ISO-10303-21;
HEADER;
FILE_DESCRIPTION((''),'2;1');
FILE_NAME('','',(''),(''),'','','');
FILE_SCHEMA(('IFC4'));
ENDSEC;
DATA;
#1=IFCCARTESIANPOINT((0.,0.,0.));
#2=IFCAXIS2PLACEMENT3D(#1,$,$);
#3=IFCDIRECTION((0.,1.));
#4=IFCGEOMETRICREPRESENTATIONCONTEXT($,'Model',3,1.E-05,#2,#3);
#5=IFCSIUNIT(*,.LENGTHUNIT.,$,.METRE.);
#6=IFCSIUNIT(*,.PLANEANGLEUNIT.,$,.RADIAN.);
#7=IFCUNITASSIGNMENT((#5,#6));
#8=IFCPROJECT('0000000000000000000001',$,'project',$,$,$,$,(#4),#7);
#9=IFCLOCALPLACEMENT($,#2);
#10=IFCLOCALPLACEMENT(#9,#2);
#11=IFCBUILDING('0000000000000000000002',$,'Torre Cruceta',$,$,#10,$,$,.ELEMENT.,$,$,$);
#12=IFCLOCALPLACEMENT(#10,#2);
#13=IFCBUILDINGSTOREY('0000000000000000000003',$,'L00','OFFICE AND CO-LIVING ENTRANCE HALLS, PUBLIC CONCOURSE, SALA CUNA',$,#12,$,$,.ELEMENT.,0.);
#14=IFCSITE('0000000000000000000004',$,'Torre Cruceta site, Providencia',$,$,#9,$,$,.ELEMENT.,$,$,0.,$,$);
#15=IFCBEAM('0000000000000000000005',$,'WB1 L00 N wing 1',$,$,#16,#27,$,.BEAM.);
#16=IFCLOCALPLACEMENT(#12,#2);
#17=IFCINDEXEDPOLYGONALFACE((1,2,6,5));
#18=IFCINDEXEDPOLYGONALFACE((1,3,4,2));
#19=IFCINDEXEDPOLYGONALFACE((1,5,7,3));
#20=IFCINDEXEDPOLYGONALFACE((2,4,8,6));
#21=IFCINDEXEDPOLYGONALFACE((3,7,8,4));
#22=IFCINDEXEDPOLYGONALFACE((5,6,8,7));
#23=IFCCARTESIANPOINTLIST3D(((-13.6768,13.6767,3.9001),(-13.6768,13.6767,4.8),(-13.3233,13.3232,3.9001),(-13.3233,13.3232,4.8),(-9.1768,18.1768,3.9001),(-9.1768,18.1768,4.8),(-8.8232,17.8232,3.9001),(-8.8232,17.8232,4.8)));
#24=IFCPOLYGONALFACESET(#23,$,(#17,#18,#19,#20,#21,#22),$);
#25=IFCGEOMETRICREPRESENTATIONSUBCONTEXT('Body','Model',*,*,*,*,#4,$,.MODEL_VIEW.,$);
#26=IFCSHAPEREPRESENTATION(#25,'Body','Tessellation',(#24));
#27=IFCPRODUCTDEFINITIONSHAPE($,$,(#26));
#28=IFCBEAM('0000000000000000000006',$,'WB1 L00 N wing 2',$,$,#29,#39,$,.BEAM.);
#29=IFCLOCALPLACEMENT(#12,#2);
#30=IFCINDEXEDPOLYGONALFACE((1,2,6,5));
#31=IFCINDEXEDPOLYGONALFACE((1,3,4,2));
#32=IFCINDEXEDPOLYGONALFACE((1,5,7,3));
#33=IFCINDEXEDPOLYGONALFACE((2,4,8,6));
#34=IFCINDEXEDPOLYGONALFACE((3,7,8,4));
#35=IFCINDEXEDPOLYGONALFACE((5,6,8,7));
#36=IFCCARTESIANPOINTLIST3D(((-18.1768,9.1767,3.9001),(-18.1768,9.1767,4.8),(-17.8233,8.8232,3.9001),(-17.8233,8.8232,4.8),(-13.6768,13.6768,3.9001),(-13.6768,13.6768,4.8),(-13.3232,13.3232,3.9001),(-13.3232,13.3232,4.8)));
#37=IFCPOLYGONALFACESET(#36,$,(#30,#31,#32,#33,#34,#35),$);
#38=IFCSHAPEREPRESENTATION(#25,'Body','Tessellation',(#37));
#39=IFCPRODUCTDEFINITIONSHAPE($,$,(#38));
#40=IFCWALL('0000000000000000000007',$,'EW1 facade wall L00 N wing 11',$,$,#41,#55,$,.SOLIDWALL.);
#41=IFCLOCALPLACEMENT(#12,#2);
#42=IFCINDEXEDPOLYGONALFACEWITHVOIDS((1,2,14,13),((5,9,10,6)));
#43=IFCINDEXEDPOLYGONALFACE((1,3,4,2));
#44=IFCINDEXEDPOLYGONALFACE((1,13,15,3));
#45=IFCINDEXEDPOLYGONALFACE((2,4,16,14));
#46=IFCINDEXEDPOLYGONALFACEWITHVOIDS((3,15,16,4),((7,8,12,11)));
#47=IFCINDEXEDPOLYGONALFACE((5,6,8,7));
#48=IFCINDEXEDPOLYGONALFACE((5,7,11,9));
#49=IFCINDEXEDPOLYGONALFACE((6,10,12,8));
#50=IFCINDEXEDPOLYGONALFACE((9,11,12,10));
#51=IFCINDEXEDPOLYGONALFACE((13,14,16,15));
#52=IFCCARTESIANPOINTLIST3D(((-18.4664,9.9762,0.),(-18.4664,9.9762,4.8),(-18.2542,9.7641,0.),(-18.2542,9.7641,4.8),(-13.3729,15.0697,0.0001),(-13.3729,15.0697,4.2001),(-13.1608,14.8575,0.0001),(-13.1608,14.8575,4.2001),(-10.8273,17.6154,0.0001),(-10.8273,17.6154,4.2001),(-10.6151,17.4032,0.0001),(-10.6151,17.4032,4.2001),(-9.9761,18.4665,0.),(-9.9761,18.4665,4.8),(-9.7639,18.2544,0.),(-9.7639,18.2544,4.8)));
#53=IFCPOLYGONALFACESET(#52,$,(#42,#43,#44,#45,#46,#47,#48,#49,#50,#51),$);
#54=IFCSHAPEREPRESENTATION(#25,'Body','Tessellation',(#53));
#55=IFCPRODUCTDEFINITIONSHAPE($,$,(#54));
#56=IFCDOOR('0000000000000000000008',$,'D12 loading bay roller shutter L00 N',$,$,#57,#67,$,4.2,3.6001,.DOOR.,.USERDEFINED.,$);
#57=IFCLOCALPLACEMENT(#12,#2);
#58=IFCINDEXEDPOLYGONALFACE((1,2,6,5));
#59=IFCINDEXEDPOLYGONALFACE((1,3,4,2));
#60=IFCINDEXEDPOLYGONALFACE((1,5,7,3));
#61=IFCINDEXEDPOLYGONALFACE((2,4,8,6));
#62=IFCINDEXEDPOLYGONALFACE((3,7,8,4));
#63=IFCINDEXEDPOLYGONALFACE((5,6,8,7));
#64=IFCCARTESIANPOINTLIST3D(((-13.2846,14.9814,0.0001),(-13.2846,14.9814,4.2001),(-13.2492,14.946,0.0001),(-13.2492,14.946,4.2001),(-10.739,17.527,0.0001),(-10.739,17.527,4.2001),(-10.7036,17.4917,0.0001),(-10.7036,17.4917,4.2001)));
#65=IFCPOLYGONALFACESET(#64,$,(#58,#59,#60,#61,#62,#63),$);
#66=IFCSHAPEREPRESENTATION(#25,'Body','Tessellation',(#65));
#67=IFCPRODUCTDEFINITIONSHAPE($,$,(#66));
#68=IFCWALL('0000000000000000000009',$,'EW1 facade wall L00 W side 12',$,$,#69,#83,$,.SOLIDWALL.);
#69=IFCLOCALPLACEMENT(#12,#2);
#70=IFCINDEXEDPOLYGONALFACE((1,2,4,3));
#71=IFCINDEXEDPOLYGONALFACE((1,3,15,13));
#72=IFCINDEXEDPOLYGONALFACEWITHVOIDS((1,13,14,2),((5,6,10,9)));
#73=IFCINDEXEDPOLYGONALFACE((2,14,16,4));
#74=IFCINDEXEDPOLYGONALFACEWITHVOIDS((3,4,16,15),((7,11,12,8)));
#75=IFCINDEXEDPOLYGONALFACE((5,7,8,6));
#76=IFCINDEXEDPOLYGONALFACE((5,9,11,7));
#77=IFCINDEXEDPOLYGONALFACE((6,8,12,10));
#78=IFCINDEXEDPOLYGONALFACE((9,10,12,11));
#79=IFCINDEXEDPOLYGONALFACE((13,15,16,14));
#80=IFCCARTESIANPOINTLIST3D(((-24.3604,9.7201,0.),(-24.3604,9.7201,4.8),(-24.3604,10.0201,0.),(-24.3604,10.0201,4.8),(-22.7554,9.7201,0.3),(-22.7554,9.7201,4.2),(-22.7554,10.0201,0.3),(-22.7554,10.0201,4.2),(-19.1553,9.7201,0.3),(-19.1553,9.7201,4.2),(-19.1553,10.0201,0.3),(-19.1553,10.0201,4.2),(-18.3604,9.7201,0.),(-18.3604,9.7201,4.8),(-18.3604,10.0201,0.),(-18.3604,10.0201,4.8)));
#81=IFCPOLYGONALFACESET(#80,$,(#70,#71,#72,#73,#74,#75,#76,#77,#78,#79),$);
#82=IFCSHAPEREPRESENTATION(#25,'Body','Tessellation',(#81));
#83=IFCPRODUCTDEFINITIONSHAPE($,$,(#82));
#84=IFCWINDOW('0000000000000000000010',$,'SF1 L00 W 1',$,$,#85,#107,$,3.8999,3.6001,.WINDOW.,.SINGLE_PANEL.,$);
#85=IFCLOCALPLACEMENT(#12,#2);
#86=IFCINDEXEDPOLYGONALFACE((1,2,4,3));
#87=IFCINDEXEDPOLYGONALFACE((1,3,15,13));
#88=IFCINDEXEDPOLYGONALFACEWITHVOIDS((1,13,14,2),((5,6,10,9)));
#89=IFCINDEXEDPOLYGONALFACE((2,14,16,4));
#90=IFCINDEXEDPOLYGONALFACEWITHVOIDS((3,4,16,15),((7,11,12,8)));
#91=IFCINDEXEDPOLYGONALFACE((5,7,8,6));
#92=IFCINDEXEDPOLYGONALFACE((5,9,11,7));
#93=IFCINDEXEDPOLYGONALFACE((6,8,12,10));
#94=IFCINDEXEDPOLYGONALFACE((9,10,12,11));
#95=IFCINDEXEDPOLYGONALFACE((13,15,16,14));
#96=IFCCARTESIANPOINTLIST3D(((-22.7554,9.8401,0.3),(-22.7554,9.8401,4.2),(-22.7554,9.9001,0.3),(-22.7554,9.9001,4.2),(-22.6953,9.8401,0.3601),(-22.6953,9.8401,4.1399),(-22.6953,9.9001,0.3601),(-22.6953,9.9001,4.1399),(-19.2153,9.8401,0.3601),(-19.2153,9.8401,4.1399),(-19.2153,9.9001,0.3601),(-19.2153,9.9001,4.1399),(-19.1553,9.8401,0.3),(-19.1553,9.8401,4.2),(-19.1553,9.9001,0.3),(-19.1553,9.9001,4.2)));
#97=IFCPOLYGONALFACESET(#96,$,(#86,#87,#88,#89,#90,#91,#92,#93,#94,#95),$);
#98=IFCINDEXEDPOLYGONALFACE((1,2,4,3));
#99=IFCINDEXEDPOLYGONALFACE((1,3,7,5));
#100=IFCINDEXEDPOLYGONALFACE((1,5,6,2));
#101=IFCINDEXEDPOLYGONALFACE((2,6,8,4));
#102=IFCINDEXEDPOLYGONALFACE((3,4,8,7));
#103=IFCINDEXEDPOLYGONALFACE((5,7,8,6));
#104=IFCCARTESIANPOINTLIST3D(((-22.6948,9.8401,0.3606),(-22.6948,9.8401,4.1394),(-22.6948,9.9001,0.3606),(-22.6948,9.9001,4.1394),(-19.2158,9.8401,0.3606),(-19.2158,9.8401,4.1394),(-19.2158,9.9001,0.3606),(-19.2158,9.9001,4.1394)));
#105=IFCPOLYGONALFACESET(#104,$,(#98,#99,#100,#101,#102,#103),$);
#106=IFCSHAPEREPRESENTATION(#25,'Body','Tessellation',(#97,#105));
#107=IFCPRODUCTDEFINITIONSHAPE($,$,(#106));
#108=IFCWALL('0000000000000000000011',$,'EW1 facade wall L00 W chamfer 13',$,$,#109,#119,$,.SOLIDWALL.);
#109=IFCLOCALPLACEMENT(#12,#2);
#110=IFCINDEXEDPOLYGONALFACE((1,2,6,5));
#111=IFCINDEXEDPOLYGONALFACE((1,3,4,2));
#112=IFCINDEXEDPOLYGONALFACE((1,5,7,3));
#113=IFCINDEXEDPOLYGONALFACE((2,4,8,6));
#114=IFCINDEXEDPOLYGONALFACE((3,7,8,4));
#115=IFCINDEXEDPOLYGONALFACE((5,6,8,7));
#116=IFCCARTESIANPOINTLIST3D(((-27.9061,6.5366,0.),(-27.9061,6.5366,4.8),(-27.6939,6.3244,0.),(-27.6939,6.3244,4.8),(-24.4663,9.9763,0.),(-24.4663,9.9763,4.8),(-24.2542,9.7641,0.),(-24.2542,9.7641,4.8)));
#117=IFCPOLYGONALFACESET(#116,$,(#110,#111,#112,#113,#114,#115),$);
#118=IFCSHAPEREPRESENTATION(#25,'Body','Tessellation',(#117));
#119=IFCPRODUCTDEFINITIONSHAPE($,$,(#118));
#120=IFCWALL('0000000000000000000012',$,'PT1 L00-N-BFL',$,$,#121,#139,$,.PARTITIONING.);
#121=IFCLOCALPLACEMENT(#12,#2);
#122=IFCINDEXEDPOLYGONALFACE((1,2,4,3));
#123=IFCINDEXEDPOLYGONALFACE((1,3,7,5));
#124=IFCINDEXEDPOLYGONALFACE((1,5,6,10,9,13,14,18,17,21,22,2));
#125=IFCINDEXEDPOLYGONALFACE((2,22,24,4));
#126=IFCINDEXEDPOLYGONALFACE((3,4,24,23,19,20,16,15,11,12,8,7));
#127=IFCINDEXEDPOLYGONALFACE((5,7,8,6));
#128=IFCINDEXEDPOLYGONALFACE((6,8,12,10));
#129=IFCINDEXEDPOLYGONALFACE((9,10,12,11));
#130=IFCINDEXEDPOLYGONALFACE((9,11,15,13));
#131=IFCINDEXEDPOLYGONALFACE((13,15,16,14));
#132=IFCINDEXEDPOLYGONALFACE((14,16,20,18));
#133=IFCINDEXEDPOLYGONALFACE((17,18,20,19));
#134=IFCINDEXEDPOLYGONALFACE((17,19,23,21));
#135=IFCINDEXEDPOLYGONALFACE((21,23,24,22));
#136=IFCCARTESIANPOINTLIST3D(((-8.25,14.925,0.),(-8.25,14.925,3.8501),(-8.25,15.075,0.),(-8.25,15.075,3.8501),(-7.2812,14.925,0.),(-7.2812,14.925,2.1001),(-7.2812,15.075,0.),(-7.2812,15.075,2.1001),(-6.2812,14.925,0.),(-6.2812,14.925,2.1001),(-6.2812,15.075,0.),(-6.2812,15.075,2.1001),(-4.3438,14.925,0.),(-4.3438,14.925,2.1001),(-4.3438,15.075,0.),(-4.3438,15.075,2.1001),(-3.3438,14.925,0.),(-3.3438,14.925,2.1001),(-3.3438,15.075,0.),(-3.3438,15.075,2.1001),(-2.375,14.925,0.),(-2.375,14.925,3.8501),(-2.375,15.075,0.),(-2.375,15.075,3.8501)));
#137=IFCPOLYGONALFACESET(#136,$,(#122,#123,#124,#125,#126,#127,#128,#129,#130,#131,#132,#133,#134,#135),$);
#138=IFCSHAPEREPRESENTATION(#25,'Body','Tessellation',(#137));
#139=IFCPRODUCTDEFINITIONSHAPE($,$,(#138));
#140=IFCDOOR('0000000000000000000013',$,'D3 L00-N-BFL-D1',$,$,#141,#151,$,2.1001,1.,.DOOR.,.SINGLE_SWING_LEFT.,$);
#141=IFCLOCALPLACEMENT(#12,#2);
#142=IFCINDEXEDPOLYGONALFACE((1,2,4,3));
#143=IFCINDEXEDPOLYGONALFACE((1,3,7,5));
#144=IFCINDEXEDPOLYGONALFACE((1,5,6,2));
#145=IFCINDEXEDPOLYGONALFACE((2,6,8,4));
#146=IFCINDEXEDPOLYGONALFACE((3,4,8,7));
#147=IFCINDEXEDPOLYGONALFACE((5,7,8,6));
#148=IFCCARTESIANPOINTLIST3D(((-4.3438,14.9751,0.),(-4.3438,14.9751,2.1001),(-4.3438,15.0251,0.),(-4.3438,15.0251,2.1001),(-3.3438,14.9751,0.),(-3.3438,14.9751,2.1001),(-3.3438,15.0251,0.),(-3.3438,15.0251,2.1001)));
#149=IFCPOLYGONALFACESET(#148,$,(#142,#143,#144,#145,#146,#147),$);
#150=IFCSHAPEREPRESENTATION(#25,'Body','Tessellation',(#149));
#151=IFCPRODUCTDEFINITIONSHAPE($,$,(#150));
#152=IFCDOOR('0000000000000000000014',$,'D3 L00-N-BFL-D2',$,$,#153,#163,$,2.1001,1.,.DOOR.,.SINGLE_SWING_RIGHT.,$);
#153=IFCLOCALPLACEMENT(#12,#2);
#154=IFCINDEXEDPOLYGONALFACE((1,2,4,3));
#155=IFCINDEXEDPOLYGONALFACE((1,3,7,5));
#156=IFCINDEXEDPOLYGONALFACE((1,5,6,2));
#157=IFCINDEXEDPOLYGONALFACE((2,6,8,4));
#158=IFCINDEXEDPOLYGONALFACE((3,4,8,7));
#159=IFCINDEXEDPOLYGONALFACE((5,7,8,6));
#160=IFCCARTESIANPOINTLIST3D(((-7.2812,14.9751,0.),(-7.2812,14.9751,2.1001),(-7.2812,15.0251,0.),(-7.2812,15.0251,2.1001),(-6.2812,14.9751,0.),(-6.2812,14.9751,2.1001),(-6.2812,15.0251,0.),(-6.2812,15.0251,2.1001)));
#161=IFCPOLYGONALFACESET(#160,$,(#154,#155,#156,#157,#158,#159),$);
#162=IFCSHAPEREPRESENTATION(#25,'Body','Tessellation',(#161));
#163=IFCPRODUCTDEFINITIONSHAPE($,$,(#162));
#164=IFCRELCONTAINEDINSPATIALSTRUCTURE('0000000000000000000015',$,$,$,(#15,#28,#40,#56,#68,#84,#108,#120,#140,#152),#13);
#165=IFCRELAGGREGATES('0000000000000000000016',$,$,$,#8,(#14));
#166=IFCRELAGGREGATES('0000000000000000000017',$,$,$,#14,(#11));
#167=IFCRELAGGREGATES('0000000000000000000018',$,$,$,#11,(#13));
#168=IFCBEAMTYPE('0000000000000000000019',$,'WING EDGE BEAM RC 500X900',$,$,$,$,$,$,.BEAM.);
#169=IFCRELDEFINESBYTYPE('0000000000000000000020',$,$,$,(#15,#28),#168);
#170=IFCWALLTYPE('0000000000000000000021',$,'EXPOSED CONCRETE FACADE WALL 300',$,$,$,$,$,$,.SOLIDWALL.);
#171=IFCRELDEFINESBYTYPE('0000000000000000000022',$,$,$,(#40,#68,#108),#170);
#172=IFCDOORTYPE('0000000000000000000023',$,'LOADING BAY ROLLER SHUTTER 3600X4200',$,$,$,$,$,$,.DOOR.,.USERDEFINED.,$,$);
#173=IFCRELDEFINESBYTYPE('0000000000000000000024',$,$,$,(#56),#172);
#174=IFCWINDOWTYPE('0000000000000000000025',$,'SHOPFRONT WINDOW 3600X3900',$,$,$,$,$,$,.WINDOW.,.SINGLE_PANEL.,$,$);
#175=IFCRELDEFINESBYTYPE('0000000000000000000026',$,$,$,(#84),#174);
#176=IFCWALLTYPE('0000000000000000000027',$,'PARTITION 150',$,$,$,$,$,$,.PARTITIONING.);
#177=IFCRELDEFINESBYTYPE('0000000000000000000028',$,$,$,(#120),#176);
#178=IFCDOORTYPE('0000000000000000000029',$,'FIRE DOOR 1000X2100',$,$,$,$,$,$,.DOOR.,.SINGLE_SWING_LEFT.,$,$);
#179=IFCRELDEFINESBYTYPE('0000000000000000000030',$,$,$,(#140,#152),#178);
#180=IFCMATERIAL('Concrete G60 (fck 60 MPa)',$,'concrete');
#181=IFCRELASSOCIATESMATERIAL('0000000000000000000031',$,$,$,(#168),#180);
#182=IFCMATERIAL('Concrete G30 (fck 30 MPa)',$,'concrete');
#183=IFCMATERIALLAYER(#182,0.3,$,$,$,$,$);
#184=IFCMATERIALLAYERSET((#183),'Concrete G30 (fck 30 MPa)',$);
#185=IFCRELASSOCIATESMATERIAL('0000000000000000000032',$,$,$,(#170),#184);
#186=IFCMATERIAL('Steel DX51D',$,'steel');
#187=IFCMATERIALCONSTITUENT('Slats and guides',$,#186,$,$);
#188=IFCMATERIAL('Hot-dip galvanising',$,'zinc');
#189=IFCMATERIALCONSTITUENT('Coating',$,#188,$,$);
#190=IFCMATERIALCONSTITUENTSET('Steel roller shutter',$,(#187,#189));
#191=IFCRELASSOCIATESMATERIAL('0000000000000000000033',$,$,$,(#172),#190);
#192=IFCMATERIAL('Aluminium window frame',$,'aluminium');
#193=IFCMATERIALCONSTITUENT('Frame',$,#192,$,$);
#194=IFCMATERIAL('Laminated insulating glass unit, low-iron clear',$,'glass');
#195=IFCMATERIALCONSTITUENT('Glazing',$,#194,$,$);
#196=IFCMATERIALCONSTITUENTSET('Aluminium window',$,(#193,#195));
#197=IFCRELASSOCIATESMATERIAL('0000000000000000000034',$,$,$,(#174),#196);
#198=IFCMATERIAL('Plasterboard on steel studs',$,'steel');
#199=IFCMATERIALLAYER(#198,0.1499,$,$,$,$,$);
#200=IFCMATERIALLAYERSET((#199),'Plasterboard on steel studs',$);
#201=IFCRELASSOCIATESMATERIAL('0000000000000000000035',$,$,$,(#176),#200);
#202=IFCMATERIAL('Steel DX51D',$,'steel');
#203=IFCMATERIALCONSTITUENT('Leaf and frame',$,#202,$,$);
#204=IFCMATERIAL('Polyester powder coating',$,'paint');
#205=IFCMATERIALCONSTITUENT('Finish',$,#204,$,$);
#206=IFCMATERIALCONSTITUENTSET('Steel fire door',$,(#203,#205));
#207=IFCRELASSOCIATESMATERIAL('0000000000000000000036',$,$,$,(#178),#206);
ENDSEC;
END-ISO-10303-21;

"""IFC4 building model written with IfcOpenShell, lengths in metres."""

from ifc_helpers import new_model, si_unit, direction, frame, frame_2d, origin, origin_2d, place, context, subcontext, project, spatial, rectangle, hollow_rectangle, extrude, material, layer, layer_set, constituent, constituent_set, material_profile, profile_set, type_object, element, fill, save


model = new_model("IFC4")

# Units and contexts
model_context = context("Model", 3, precision=1e-05, world=origin(), true_north=direction((0.0, 1.0)))
body_context = subcontext(model_context, "Body", "Model", "MODEL_VIEW")
ifc_project = project(units=[si_unit("LENGTHUNIT", "METRE"), si_unit("PLANEANGLEUNIT", "RADIAN")], contexts=[model_context])

# Site, building, storey
site_placement = place(None, origin())
site = spatial("IfcSite", under=ifc_project, at=site_placement, Name="Torre Cruceta site, Providencia", CompositionType="ELEMENT", RefElevation=0.0)
building_placement = place(site_placement, origin())
building = spatial("IfcBuilding", under=site, at=building_placement, Name="Torre Cruceta", CompositionType="ELEMENT")
storey_placement = place(building_placement, origin())
storey = spatial("IfcBuildingStorey", under=building, at=storey_placement, Name="L00", Description="OFFICE AND CO-LIVING ENTRANCE HALLS, PUBLIC CONCOURSE, SALA CUNA", CompositionType="ELEMENT", Elevation=0.0)

# Beams
ifc_material_1 = material(Name="Concrete G60 (fck 60 MPa)", Category="concrete")
ifc_material_profile_1 = material_profile(ifc_material_1, rectangle(XDim=0.5, YDim=0.8999, at=origin_2d()), Name="RC 500X900")
ifc_profile_set_1 = profile_set([ifc_material_profile_1], Name="Concrete G60 (fck 60 MPa)")
beam_type_1 = type_object("IfcBeamType", Name="WING EDGE BEAM RC 500X900", PredefinedType="BEAM", material=ifc_profile_set_1)
for number, where, z_axis, x_axis, name in (
    (1, (-9.0, 18.0, 4.3501), (-0.707107, -0.707107, 0.0), (0.707107, -0.707107, 0.0), "WB1 L00 N wing 1"),
    (2, (-13.5, 13.5, 4.3501), (-0.707107, -0.707107, 0.0), (0.707107, -0.707107, 0.0), "WB1 L00 N wing 2"),
):
    element("IfcBeam", number, at=place(storey_placement, frame(where, z_axis=z_axis, x_axis=x_axis)), inside=storey, type_object=beam_type_1, Name=name, PredefinedType="BEAM", context=body_context, shape_type="SweptSolid", body=[
        extrude(rectangle(XDim=0.5, YDim=0.8999, at=origin_2d()), origin(), (0.0, 0.0, 1.0), 6.364),
    ])

# Wall, opening, door
ifc_material_2 = material(Name="Concrete G30 (fck 30 MPa)", Category="concrete")
ifc_layer_1 = layer(ifc_material_2, 0.3)
ifc_layer_set_1 = layer_set([ifc_layer_1], Name="Concrete G30 (fck 30 MPa)")
wall_type_1 = type_object("IfcWallType", Name="EXPOSED CONCRETE FACADE WALL 300", PredefinedType="SOLIDWALL", material=ifc_layer_set_1)
wall_1_placement = place(storey_placement, frame((-9.8701, 18.3604, 0.0), z_axis=(0.0, 0.0, 1.0), x_axis=(-0.707107, -0.707107, 0.0)))
wall_1 = element("IfcWall", 3, at=wall_1_placement, inside=storey, type_object=wall_type_1, Name="EW1 facade wall L00 N wing 11", PredefinedType="SOLIDWALL", context=body_context, shape_type="SweptSolid", body=[
    extrude(rectangle(XDim=12.0071, YDim=0.3, at=frame_2d((6.0034, 0.0))), origin(), (0.0, 0.0, 1.0), 4.8),
])
opening_1_placement = place(wall_1_placement, frame((1.2036, 0.0, 0.0)))
opening_1 = element("IfcOpeningElement", 4, at=opening_1_placement, cuts=wall_1, PredefinedType="OPENING", context=body_context, shape_type="SweptSolid", body=[
    extrude(rectangle(XDim=3.6001, YDim=4.2, at=frame_2d((1.8, 2.1001))), frame((0.0, 0.1599, 0.0), z_axis=(0.0, -1.0, 0.0), x_axis=(1.0, 0.0, 0.0)), (0.0, 0.0, 1.0), 0.3201),
])
ifc_material_3 = material(Name="Steel DX51D", Category="steel")
ifc_constituent_1 = constituent(ifc_material_3, Name="Slats and guides")
ifc_material_4 = material(Name="Hot-dip galvanising", Category="zinc")
ifc_constituent_2 = constituent(ifc_material_4, Name="Coating")
ifc_constituent_set_1 = constituent_set(constituents=[ifc_constituent_1, ifc_constituent_2], Name="Steel roller shutter")
door_type_1 = type_object("IfcDoorType", Name="LOADING BAY ROLLER SHUTTER 3600X4200", OperationType="USERDEFINED", PredefinedType="DOOR", material=ifc_constituent_set_1)
door_1_placement = place(opening_1_placement, origin())
door_1 = element("IfcDoor", 5, at=door_1_placement, inside=storey, type_object=door_type_1, Name="D12 loading bay roller shutter L00 N", OperationType="USERDEFINED", OverallHeight=4.2, OverallWidth=3.6001, PredefinedType="DOOR", context=body_context, shape_type="SweptSolid", body=[
    extrude(rectangle(XDim=3.6001, YDim=4.2, at=frame_2d((1.8, 2.1001))), frame((0.0, 0.0249, 0.0), z_axis=(0.0, -1.0, 0.0), x_axis=(1.0, 0.0, 0.0)), (0.0, 0.0, 1.0), 0.05),
])
fill(opening_1, door_1)

# Wall, opening, window
wall_2_placement = place(storey_placement, frame((-18.3604, 9.8701, 0.0), z_axis=(0.0, 0.0, 1.0), x_axis=(-1.0, 0.0, 0.0)))
wall_2 = element("IfcWall", 6, at=wall_2_placement, inside=storey, type_object=wall_type_1, Name="EW1 facade wall L00 W side 12", PredefinedType="SOLIDWALL", context=body_context, shape_type="SweptSolid", body=[
    extrude(rectangle(XDim=6.0, YDim=0.3, at=frame_2d((3.0, 0.0))), origin(), (0.0, 0.0, 1.0), 4.8),
])
opening_2_placement = place(wall_2_placement, frame((0.7949, 0.0, 0.3)))
opening_2 = element("IfcOpeningElement", 7, at=opening_2_placement, cuts=wall_2, PredefinedType="OPENING", context=body_context, shape_type="SweptSolid", body=[
    extrude(rectangle(XDim=3.6001, YDim=3.8999, at=frame_2d((1.8, 1.95))), frame((0.0, 0.1599, 0.0), z_axis=(0.0, -1.0, 0.0), x_axis=(1.0, 0.0, 0.0)), (0.0, 0.0, 1.0), 0.3201),
])
ifc_material_5 = material(Name="Aluminium window frame", Category="aluminium")
ifc_constituent_3 = constituent(ifc_material_5, Name="Frame")
ifc_material_6 = material(Name="Laminated insulating glass unit, low-iron clear", Category="glass")
ifc_constituent_4 = constituent(ifc_material_6, Name="Glazing")
ifc_constituent_set_2 = constituent_set(constituents=[ifc_constituent_3, ifc_constituent_4], Name="Aluminium window")
window_type = type_object("IfcWindowType", Name="SHOPFRONT WINDOW 3600X3900", PartitioningType="SINGLE_PANEL", PredefinedType="WINDOW", material=ifc_constituent_set_2)
window_placement = place(opening_2_placement, origin())
window = element("IfcWindow", 8, at=window_placement, inside=storey, type_object=window_type, Name="SF1 L00 W 1", OverallHeight=3.8999, OverallWidth=3.6001, PartitioningType="SINGLE_PANEL", PredefinedType="WINDOW", context=body_context, shape_type="SweptSolid", body=[
    extrude(hollow_rectangle(XDim=3.6001, YDim=3.8999, WallThickness=0.0601, at=frame_2d((1.8, 1.95))), frame((0.0, 0.03, 0.0), z_axis=(0.0, -1.0, 0.0), x_axis=(1.0, 0.0, 0.0)), (0.0, 0.0, 1.0), 0.0601),
    extrude(rectangle(XDim=3.479, YDim=3.7788, at=frame_2d((1.8, 1.95))), frame((0.0, 0.03, 0.0), z_axis=(0.0, -1.0, 0.0), x_axis=(1.0, 0.0, 0.0)), (0.0, 0.0, 1.0), 0.0601),
])
fill(opening_2, window)

# Wall
wall_3_placement = place(storey_placement, frame((-24.3604, 9.8701, 0.0), z_axis=(0.0, 0.0, 1.0), x_axis=(-0.707107, -0.707107, 0.0)))
element("IfcWall", 9, at=wall_3_placement, inside=storey, type_object=wall_type_1, Name="EW1 facade wall L00 W chamfer 13", PredefinedType="SOLIDWALL", context=body_context, shape_type="SweptSolid", body=[
    extrude(rectangle(XDim=4.8645, YDim=0.3, at=frame_2d((2.4321, 0.0))), origin(), (0.0, 0.0, 1.0), 4.8),
])

# Wall, openings, doors
ifc_material_7 = material(Name="Plasterboard on steel studs", Category="steel")
ifc_layer_2 = layer(ifc_material_7, 0.1499)
ifc_layer_set_2 = layer_set([ifc_layer_2], Name="Plasterboard on steel studs")
wall_type_2 = type_object("IfcWallType", Name="PARTITION 150", PredefinedType="PARTITIONING", material=ifc_layer_set_2)
wall_4_placement = place(storey_placement, frame((-2.375, 15.0, 0.0), z_axis=(0.0, 0.0, 1.0), x_axis=(-1.0, 0.0, 0.0)))
wall_4 = element("IfcWall", 10, at=wall_4_placement, inside=storey, type_object=wall_type_2, Name="PT1 L00-N-BFL", PredefinedType="PARTITIONING", context=body_context, shape_type="SweptSolid", body=[
    extrude(rectangle(XDim=5.875, YDim=0.1499, at=frame_2d((2.9375, 0.0))), origin(), (0.0, 0.0, 1.0), 3.8501),
])
opening_3_placement = place(wall_4_placement, frame((0.9688, 0.0, 0.0)))
opening_3 = element("IfcOpeningElement", 11, at=opening_3_placement, cuts=wall_4, PredefinedType="OPENING", context=body_context, shape_type="SweptSolid", body=[
    extrude(rectangle(XDim=1.0, YDim=2.1001, at=frame_2d((0.5, 1.05))), frame((0.0, 0.085, 0.0), z_axis=(0.0, -1.0, 0.0), x_axis=(1.0, 0.0, 0.0)), (0.0, 0.0, 1.0), 0.1699),
])
opening_4_placement = place(wall_4_placement, frame((3.9062, 0.0, 0.0)))
opening_4 = element("IfcOpeningElement", 12, at=opening_4_placement, cuts=wall_4, PredefinedType="OPENING", context=body_context, shape_type="SweptSolid", body=[
    extrude(rectangle(XDim=1.0, YDim=2.1001, at=frame_2d((0.5, 1.05))), frame((0.0, 0.085, 0.0), z_axis=(0.0, -1.0, 0.0), x_axis=(1.0, 0.0, 0.0)), (0.0, 0.0, 1.0), 0.1699),
])
ifc_material_8 = material(Name="Steel DX51D", Category="steel")
ifc_constituent_5 = constituent(ifc_material_8, Name="Leaf and frame")
ifc_material_9 = material(Name="Polyester powder coating", Category="paint")
ifc_constituent_6 = constituent(ifc_material_9, Name="Finish")
ifc_constituent_set_3 = constituent_set(constituents=[ifc_constituent_5, ifc_constituent_6], Name="Steel fire door")
door_type_2 = type_object("IfcDoorType", Name="FIRE DOOR 1000X2100", OperationType="SINGLE_SWING_LEFT", PredefinedType="DOOR", material=ifc_constituent_set_3)
door_2_placement = place(opening_3_placement, origin())
door_2 = element("IfcDoor", 13, at=door_2_placement, inside=storey, type_object=door_type_2, Name="D3 L00-N-BFL-D1", OperationType="SINGLE_SWING_LEFT", OverallHeight=2.1001, OverallWidth=1.0, PredefinedType="DOOR", context=body_context, shape_type="SweptSolid", body=[
    extrude(rectangle(XDim=1.0, YDim=2.1001, at=frame_2d((0.5, 1.05))), frame((0.0, 0.0249, 0.0), z_axis=(0.0, -1.0, 0.0), x_axis=(1.0, 0.0, 0.0)), (0.0, 0.0, 1.0), 0.05),
])
fill(opening_3, door_2)
door_3_placement = place(opening_4_placement, frame((1.0, 0.0, 0.0), z_axis=(0.0, 0.0, 1.0), x_axis=(-1.0, 0.0, 0.0)))
door_3 = element("IfcDoor", 14, at=door_3_placement, inside=storey, type_object=door_type_2, Name="D3 L00-N-BFL-D2", OperationType="SINGLE_SWING_RIGHT", OverallHeight=2.1001, OverallWidth=1.0, PredefinedType="DOOR", context=body_context, shape_type="SweptSolid", body=[
    extrude(rectangle(XDim=1.0, YDim=2.1001, at=frame_2d((0.5, 1.05))), frame((0.0, 0.0251, 0.0), z_axis=(0.0, -1.0, 0.0), x_axis=(1.0, 0.0, 0.0)), (0.0, 0.0, 1.0), 0.05),
])
fill(opening_4, door_3)

save(model, "model.ifc")
